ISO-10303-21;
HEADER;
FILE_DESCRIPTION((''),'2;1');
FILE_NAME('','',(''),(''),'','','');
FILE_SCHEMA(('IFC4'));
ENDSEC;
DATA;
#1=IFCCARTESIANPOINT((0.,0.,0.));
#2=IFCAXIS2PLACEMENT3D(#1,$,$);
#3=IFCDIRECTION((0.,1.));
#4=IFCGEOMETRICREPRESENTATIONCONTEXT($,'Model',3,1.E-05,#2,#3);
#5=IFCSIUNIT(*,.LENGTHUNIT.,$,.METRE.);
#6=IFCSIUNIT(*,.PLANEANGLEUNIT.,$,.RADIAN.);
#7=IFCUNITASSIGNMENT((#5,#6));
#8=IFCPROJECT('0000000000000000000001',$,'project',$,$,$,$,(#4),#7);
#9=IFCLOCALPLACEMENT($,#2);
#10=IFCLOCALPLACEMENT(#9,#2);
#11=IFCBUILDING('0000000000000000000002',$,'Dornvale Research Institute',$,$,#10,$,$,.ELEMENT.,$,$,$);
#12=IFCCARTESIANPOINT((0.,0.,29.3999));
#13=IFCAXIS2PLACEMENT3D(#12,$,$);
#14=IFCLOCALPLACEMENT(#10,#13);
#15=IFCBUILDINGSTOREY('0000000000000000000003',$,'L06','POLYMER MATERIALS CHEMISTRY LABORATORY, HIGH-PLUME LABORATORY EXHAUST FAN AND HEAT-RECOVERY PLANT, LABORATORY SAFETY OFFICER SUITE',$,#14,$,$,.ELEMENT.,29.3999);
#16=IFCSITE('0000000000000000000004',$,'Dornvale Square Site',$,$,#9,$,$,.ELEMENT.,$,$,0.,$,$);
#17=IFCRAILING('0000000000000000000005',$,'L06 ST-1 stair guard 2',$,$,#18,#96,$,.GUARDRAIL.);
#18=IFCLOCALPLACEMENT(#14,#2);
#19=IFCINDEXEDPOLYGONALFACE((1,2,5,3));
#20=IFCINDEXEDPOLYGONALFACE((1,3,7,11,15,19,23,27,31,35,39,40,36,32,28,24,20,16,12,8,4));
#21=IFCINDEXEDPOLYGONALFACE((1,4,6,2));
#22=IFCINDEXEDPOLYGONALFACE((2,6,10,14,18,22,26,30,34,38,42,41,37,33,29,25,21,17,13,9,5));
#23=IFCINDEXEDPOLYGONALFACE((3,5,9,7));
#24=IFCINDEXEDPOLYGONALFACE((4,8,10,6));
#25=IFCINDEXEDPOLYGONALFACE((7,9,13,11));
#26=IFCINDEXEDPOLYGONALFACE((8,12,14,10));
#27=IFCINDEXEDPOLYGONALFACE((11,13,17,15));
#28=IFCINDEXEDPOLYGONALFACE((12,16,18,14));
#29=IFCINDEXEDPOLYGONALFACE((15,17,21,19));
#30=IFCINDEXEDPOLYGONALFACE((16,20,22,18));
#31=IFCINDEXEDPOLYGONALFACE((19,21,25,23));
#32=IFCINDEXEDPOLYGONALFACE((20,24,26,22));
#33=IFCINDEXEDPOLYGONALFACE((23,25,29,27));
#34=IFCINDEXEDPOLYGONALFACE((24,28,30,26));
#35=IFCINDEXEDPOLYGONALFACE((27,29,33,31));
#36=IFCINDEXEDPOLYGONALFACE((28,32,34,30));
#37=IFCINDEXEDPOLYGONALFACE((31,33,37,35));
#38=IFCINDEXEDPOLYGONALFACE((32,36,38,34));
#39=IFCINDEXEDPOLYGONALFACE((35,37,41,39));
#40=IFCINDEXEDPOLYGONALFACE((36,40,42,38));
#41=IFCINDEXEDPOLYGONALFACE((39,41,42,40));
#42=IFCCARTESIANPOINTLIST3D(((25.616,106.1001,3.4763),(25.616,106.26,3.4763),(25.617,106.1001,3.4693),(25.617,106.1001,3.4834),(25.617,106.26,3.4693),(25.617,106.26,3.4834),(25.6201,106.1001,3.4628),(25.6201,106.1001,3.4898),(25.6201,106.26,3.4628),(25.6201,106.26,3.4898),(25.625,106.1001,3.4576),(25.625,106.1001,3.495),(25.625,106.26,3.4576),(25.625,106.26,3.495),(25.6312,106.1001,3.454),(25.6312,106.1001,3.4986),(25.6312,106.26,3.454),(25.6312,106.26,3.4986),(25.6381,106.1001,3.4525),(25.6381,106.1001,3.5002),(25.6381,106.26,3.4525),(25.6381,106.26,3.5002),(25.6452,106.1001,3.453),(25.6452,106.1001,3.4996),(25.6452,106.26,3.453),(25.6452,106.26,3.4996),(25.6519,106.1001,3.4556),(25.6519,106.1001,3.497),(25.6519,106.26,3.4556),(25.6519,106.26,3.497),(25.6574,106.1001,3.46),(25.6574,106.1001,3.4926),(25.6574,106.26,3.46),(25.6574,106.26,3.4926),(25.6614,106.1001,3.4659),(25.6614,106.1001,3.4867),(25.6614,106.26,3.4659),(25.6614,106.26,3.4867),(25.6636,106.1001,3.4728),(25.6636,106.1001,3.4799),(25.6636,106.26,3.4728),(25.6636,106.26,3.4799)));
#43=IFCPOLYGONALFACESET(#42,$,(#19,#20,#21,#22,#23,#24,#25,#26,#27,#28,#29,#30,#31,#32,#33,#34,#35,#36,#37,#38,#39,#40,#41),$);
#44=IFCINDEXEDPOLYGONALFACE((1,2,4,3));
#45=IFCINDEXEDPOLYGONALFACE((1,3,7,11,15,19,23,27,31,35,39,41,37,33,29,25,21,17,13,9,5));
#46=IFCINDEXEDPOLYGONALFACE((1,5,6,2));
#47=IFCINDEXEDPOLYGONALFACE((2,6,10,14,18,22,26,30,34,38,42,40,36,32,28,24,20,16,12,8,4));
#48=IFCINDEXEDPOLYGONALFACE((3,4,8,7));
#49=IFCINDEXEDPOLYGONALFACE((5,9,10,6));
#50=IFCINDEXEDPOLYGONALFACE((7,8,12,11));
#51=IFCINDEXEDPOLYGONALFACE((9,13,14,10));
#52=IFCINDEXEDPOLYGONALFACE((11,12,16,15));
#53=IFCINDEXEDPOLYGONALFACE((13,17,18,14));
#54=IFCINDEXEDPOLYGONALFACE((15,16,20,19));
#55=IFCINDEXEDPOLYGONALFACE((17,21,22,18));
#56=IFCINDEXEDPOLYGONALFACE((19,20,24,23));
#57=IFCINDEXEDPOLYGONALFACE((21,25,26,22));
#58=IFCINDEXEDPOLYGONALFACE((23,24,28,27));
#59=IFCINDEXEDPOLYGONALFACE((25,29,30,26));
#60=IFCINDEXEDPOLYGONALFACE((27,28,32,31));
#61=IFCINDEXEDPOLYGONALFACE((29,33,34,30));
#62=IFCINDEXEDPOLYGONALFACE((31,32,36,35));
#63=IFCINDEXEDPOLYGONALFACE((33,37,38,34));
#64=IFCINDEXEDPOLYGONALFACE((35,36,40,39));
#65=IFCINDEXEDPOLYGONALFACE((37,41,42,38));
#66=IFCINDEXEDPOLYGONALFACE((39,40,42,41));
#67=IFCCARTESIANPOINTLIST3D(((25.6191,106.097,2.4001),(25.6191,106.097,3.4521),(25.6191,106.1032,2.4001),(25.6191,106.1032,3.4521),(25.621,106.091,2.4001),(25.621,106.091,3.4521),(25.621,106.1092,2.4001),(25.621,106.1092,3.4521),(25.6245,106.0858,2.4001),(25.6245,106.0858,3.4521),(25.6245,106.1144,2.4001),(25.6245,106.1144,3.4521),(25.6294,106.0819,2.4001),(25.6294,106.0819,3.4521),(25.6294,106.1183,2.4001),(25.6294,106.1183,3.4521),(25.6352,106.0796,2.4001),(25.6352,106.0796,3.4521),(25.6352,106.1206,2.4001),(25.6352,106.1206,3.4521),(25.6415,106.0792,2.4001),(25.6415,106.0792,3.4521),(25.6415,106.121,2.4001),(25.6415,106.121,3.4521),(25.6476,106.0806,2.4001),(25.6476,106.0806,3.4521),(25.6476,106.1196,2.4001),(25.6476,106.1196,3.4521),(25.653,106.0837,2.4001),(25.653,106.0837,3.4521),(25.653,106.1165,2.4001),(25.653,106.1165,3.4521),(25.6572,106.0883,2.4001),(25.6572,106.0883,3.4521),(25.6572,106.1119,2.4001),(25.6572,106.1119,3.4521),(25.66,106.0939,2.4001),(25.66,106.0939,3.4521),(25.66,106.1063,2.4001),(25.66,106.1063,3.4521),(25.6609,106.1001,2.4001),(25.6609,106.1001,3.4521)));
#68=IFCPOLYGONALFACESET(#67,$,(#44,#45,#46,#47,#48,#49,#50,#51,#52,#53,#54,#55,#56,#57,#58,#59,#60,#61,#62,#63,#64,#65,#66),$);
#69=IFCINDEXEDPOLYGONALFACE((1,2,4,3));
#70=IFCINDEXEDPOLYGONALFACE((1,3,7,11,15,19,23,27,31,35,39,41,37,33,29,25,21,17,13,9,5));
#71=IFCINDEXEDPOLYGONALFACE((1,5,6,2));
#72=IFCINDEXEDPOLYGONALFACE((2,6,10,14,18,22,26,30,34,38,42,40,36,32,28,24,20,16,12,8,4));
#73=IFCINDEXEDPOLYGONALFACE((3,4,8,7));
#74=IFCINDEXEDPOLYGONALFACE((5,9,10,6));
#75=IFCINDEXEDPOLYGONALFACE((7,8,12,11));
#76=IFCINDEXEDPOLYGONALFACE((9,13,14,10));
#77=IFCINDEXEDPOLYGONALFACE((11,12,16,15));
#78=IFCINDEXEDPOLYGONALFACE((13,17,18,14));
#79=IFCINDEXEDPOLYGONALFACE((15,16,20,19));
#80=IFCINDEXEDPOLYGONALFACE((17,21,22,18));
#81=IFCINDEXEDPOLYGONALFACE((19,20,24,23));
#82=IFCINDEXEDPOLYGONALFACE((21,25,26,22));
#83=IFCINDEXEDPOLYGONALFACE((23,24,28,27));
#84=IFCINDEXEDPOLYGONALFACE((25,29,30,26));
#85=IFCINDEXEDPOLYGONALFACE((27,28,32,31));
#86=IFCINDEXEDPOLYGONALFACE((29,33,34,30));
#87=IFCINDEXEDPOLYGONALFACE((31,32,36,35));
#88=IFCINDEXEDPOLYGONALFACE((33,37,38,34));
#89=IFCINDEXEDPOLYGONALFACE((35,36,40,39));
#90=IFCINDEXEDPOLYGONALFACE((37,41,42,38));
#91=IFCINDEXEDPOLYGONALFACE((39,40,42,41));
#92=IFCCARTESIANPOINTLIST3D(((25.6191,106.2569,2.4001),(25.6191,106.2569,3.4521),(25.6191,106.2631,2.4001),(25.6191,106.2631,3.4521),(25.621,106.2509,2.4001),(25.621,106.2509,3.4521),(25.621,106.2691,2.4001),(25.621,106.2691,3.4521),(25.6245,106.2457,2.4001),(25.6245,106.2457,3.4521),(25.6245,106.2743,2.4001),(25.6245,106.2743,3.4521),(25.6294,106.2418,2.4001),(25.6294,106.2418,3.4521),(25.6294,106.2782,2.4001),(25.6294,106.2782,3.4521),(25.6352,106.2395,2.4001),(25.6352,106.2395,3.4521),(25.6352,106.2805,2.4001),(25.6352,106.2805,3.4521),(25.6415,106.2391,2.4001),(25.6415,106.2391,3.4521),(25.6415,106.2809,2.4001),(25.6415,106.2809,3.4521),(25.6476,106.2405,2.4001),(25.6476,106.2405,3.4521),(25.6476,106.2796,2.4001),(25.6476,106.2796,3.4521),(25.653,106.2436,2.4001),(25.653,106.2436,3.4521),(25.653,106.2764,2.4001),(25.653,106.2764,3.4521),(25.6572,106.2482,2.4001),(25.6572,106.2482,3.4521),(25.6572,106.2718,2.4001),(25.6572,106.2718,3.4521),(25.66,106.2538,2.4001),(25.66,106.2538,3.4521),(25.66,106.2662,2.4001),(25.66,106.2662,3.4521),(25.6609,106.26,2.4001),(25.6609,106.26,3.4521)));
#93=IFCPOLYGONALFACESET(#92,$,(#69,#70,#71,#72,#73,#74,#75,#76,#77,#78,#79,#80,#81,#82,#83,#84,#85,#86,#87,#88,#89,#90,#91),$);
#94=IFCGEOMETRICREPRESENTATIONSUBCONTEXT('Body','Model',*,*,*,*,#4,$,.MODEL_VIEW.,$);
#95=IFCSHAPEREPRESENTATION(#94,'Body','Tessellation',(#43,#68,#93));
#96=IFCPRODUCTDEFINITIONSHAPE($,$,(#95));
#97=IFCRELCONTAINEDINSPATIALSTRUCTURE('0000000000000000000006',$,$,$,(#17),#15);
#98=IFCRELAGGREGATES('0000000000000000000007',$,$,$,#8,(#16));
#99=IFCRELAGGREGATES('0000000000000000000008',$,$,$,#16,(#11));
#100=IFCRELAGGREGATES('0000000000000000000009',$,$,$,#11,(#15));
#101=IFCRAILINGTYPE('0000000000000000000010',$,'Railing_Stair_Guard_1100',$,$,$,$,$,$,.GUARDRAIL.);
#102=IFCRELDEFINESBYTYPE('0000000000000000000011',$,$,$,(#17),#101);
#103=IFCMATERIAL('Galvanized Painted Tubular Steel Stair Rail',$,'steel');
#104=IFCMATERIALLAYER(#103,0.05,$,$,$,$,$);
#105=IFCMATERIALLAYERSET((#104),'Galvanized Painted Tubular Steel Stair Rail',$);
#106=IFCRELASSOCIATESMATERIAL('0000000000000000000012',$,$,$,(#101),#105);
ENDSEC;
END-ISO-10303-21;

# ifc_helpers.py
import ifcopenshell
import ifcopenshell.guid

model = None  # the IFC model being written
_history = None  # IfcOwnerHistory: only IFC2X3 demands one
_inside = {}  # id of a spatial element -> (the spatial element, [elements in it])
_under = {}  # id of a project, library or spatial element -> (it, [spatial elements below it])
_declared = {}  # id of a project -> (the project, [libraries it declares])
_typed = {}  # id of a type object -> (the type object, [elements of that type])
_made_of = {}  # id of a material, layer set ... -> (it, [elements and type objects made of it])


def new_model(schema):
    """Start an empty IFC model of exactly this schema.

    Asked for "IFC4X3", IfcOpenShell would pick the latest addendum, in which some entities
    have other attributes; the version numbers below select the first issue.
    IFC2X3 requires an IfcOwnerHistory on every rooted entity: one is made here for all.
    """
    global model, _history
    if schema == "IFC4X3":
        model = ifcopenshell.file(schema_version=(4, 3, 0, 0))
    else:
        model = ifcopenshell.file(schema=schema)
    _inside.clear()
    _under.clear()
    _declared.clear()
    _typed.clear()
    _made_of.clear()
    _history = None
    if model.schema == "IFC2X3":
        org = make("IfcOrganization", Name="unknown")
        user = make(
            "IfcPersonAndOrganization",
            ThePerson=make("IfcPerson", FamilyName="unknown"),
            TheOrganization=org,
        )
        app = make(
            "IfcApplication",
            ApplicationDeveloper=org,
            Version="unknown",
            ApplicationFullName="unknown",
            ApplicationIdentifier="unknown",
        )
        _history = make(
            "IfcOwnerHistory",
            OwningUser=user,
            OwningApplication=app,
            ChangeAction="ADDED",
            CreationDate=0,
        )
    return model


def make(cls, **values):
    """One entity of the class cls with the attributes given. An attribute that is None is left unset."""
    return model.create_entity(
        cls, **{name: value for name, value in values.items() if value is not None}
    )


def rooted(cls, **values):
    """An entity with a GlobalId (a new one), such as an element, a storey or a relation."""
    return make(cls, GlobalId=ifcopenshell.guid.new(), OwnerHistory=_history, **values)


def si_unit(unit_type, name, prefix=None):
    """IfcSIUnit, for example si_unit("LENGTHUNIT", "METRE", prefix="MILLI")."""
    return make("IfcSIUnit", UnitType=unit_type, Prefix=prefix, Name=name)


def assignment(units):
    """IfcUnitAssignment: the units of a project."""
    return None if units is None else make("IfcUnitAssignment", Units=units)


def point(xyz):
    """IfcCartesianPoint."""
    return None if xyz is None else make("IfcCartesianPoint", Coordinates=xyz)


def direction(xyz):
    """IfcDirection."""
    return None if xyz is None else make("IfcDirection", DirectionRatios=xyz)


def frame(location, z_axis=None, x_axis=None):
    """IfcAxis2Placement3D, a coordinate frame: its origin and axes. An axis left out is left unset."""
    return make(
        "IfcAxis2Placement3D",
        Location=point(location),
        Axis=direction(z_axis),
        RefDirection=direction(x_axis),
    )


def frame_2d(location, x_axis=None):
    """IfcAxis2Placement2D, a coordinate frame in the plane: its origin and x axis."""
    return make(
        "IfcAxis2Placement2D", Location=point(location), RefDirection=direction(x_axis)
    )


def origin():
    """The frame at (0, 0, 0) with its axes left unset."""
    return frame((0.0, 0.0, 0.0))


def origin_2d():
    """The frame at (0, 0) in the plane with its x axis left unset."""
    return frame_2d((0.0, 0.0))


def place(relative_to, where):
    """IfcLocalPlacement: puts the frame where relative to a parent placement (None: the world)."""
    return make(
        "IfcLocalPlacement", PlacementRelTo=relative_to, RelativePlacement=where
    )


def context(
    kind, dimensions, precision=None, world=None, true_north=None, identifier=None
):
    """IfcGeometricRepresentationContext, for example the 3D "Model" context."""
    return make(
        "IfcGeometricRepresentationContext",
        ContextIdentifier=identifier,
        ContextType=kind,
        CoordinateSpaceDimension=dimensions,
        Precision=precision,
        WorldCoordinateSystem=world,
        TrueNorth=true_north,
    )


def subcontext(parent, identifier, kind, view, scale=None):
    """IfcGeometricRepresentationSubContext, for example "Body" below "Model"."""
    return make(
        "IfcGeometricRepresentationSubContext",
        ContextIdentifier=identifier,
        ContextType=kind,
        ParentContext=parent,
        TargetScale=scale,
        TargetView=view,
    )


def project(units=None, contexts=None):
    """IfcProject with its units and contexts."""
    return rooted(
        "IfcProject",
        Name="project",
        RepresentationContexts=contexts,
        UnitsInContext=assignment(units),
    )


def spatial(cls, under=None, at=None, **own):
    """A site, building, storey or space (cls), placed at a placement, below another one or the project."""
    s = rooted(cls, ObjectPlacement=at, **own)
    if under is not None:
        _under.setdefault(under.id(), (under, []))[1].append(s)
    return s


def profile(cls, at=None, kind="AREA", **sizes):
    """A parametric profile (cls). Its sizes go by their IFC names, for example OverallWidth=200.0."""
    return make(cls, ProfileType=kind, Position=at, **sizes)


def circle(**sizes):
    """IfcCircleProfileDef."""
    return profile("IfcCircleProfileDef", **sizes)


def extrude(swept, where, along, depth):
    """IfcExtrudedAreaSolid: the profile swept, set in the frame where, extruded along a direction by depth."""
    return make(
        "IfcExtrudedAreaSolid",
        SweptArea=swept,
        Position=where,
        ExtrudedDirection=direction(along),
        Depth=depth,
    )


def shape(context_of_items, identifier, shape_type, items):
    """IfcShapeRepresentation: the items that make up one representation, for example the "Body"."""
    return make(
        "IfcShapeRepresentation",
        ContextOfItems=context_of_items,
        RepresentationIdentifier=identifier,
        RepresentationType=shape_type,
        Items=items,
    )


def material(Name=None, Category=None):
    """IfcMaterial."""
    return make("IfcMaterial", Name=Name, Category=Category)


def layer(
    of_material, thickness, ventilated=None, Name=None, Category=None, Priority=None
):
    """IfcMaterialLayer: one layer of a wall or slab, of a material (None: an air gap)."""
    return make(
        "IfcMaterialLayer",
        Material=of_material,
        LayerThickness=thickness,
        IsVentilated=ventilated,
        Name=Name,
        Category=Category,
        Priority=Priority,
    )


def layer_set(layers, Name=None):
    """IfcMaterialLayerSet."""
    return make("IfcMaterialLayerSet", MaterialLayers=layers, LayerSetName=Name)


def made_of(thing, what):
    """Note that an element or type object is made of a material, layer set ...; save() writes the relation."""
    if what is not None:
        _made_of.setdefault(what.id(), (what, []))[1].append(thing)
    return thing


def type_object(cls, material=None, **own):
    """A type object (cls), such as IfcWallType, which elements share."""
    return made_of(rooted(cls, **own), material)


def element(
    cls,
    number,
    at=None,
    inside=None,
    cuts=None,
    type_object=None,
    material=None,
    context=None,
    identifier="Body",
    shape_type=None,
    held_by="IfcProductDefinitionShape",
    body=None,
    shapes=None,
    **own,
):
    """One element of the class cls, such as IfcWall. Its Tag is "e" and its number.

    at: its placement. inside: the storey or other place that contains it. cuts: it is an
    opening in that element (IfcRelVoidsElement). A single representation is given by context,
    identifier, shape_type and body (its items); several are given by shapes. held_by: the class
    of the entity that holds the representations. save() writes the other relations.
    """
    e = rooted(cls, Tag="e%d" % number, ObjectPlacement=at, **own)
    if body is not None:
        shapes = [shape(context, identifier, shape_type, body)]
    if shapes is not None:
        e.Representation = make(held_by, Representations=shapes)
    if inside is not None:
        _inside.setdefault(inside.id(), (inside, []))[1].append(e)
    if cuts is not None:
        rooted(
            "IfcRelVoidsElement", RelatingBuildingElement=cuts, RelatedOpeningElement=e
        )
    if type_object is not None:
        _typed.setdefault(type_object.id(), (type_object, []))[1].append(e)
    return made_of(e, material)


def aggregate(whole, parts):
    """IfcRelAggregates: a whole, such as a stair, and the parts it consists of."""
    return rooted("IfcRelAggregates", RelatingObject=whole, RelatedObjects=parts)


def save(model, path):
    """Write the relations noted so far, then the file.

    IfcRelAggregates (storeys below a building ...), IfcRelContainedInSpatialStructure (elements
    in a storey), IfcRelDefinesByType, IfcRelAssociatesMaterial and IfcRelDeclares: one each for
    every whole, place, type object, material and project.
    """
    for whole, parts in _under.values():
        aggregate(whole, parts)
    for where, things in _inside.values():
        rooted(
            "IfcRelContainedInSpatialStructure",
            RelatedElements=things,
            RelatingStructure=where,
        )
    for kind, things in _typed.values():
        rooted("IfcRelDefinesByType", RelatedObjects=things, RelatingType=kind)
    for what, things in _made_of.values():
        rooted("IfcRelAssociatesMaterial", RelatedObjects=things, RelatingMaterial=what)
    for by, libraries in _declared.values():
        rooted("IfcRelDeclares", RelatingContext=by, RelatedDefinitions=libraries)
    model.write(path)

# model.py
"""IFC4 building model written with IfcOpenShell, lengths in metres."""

from ifc_helpers import new_model, si_unit, direction, frame, origin, origin_2d, place, context, subcontext, project, spatial, circle, extrude, material, layer, layer_set, type_object, element, save


model = new_model("IFC4")

# Units and contexts
model_context = context("Model", 3, precision=1e-05, world=origin(), true_north=direction((0.0, 1.0)))
body_context = subcontext(model_context, "Body", "Model", "MODEL_VIEW")
ifc_project = project(units=[si_unit("LENGTHUNIT", "METRE"), si_unit("PLANEANGLEUNIT", "RADIAN")], contexts=[model_context])

# Site, building, storey
site_placement = place(None, origin())
site = spatial("IfcSite", under=ifc_project, at=site_placement, Name="Dornvale Square Site", CompositionType="ELEMENT", RefElevation=0.0)
building_placement = place(site_placement, origin())
building = spatial("IfcBuilding", under=site, at=building_placement, Name="Dornvale Research Institute", CompositionType="ELEMENT")
storey_placement = place(building_placement, frame((0.0, 0.0, 29.3999)))
storey = spatial("IfcBuildingStorey", under=building, at=storey_placement, Name="L06", Description="POLYMER MATERIALS CHEMISTRY LABORATORY, HIGH-PLUME LABORATORY EXHAUST FAN AND HEAT-RECOVERY PLANT, LABORATORY SAFETY OFFICER SUITE", CompositionType="ELEMENT", Elevation=29.3999)

# Railing
ifc_material_1 = material(Name="Galvanized Painted Tubular Steel Stair Rail", Category="steel")
ifc_layer_1 = layer(ifc_material_1, 0.05)
ifc_layer_set_1 = layer_set([ifc_layer_1], Name="Galvanized Painted Tubular Steel Stair Rail")
railing_type_1 = type_object("IfcRailingType", Name="Railing_Stair_Guard_1100", PredefinedType="GUARDRAIL", material=ifc_layer_set_1)
railing_1_placement = place(storey_placement, frame((25.6399, 106.1001, 2.4001)))
element("IfcRailing", 1, at=railing_1_placement, inside=storey, type_object=railing_type_1, Name="L06 ST-1 stair guard 2", PredefinedType="GUARDRAIL", context=body_context, shape_type="SweptSolid", body=[
    extrude(circle(Radius=0.0239, at=origin_2d()), frame((0.0, 0.0, 1.0762), z_axis=(0.0, 1.0, 0.0), x_axis=(-1.0, 0.0, 0.0)), (0.0, 0.0, 1.0), 0.1599),
    extrude(circle(Radius=0.021, at=origin_2d()), origin(), (0.0, 0.0, 1.0), 1.052),
    extrude(circle(Radius=0.021, at=origin_2d()), frame((0.0, 0.1599, 0.0)), (0.0, 0.0, 1.0), 1.052),
])

save(model, "model.ifc")
